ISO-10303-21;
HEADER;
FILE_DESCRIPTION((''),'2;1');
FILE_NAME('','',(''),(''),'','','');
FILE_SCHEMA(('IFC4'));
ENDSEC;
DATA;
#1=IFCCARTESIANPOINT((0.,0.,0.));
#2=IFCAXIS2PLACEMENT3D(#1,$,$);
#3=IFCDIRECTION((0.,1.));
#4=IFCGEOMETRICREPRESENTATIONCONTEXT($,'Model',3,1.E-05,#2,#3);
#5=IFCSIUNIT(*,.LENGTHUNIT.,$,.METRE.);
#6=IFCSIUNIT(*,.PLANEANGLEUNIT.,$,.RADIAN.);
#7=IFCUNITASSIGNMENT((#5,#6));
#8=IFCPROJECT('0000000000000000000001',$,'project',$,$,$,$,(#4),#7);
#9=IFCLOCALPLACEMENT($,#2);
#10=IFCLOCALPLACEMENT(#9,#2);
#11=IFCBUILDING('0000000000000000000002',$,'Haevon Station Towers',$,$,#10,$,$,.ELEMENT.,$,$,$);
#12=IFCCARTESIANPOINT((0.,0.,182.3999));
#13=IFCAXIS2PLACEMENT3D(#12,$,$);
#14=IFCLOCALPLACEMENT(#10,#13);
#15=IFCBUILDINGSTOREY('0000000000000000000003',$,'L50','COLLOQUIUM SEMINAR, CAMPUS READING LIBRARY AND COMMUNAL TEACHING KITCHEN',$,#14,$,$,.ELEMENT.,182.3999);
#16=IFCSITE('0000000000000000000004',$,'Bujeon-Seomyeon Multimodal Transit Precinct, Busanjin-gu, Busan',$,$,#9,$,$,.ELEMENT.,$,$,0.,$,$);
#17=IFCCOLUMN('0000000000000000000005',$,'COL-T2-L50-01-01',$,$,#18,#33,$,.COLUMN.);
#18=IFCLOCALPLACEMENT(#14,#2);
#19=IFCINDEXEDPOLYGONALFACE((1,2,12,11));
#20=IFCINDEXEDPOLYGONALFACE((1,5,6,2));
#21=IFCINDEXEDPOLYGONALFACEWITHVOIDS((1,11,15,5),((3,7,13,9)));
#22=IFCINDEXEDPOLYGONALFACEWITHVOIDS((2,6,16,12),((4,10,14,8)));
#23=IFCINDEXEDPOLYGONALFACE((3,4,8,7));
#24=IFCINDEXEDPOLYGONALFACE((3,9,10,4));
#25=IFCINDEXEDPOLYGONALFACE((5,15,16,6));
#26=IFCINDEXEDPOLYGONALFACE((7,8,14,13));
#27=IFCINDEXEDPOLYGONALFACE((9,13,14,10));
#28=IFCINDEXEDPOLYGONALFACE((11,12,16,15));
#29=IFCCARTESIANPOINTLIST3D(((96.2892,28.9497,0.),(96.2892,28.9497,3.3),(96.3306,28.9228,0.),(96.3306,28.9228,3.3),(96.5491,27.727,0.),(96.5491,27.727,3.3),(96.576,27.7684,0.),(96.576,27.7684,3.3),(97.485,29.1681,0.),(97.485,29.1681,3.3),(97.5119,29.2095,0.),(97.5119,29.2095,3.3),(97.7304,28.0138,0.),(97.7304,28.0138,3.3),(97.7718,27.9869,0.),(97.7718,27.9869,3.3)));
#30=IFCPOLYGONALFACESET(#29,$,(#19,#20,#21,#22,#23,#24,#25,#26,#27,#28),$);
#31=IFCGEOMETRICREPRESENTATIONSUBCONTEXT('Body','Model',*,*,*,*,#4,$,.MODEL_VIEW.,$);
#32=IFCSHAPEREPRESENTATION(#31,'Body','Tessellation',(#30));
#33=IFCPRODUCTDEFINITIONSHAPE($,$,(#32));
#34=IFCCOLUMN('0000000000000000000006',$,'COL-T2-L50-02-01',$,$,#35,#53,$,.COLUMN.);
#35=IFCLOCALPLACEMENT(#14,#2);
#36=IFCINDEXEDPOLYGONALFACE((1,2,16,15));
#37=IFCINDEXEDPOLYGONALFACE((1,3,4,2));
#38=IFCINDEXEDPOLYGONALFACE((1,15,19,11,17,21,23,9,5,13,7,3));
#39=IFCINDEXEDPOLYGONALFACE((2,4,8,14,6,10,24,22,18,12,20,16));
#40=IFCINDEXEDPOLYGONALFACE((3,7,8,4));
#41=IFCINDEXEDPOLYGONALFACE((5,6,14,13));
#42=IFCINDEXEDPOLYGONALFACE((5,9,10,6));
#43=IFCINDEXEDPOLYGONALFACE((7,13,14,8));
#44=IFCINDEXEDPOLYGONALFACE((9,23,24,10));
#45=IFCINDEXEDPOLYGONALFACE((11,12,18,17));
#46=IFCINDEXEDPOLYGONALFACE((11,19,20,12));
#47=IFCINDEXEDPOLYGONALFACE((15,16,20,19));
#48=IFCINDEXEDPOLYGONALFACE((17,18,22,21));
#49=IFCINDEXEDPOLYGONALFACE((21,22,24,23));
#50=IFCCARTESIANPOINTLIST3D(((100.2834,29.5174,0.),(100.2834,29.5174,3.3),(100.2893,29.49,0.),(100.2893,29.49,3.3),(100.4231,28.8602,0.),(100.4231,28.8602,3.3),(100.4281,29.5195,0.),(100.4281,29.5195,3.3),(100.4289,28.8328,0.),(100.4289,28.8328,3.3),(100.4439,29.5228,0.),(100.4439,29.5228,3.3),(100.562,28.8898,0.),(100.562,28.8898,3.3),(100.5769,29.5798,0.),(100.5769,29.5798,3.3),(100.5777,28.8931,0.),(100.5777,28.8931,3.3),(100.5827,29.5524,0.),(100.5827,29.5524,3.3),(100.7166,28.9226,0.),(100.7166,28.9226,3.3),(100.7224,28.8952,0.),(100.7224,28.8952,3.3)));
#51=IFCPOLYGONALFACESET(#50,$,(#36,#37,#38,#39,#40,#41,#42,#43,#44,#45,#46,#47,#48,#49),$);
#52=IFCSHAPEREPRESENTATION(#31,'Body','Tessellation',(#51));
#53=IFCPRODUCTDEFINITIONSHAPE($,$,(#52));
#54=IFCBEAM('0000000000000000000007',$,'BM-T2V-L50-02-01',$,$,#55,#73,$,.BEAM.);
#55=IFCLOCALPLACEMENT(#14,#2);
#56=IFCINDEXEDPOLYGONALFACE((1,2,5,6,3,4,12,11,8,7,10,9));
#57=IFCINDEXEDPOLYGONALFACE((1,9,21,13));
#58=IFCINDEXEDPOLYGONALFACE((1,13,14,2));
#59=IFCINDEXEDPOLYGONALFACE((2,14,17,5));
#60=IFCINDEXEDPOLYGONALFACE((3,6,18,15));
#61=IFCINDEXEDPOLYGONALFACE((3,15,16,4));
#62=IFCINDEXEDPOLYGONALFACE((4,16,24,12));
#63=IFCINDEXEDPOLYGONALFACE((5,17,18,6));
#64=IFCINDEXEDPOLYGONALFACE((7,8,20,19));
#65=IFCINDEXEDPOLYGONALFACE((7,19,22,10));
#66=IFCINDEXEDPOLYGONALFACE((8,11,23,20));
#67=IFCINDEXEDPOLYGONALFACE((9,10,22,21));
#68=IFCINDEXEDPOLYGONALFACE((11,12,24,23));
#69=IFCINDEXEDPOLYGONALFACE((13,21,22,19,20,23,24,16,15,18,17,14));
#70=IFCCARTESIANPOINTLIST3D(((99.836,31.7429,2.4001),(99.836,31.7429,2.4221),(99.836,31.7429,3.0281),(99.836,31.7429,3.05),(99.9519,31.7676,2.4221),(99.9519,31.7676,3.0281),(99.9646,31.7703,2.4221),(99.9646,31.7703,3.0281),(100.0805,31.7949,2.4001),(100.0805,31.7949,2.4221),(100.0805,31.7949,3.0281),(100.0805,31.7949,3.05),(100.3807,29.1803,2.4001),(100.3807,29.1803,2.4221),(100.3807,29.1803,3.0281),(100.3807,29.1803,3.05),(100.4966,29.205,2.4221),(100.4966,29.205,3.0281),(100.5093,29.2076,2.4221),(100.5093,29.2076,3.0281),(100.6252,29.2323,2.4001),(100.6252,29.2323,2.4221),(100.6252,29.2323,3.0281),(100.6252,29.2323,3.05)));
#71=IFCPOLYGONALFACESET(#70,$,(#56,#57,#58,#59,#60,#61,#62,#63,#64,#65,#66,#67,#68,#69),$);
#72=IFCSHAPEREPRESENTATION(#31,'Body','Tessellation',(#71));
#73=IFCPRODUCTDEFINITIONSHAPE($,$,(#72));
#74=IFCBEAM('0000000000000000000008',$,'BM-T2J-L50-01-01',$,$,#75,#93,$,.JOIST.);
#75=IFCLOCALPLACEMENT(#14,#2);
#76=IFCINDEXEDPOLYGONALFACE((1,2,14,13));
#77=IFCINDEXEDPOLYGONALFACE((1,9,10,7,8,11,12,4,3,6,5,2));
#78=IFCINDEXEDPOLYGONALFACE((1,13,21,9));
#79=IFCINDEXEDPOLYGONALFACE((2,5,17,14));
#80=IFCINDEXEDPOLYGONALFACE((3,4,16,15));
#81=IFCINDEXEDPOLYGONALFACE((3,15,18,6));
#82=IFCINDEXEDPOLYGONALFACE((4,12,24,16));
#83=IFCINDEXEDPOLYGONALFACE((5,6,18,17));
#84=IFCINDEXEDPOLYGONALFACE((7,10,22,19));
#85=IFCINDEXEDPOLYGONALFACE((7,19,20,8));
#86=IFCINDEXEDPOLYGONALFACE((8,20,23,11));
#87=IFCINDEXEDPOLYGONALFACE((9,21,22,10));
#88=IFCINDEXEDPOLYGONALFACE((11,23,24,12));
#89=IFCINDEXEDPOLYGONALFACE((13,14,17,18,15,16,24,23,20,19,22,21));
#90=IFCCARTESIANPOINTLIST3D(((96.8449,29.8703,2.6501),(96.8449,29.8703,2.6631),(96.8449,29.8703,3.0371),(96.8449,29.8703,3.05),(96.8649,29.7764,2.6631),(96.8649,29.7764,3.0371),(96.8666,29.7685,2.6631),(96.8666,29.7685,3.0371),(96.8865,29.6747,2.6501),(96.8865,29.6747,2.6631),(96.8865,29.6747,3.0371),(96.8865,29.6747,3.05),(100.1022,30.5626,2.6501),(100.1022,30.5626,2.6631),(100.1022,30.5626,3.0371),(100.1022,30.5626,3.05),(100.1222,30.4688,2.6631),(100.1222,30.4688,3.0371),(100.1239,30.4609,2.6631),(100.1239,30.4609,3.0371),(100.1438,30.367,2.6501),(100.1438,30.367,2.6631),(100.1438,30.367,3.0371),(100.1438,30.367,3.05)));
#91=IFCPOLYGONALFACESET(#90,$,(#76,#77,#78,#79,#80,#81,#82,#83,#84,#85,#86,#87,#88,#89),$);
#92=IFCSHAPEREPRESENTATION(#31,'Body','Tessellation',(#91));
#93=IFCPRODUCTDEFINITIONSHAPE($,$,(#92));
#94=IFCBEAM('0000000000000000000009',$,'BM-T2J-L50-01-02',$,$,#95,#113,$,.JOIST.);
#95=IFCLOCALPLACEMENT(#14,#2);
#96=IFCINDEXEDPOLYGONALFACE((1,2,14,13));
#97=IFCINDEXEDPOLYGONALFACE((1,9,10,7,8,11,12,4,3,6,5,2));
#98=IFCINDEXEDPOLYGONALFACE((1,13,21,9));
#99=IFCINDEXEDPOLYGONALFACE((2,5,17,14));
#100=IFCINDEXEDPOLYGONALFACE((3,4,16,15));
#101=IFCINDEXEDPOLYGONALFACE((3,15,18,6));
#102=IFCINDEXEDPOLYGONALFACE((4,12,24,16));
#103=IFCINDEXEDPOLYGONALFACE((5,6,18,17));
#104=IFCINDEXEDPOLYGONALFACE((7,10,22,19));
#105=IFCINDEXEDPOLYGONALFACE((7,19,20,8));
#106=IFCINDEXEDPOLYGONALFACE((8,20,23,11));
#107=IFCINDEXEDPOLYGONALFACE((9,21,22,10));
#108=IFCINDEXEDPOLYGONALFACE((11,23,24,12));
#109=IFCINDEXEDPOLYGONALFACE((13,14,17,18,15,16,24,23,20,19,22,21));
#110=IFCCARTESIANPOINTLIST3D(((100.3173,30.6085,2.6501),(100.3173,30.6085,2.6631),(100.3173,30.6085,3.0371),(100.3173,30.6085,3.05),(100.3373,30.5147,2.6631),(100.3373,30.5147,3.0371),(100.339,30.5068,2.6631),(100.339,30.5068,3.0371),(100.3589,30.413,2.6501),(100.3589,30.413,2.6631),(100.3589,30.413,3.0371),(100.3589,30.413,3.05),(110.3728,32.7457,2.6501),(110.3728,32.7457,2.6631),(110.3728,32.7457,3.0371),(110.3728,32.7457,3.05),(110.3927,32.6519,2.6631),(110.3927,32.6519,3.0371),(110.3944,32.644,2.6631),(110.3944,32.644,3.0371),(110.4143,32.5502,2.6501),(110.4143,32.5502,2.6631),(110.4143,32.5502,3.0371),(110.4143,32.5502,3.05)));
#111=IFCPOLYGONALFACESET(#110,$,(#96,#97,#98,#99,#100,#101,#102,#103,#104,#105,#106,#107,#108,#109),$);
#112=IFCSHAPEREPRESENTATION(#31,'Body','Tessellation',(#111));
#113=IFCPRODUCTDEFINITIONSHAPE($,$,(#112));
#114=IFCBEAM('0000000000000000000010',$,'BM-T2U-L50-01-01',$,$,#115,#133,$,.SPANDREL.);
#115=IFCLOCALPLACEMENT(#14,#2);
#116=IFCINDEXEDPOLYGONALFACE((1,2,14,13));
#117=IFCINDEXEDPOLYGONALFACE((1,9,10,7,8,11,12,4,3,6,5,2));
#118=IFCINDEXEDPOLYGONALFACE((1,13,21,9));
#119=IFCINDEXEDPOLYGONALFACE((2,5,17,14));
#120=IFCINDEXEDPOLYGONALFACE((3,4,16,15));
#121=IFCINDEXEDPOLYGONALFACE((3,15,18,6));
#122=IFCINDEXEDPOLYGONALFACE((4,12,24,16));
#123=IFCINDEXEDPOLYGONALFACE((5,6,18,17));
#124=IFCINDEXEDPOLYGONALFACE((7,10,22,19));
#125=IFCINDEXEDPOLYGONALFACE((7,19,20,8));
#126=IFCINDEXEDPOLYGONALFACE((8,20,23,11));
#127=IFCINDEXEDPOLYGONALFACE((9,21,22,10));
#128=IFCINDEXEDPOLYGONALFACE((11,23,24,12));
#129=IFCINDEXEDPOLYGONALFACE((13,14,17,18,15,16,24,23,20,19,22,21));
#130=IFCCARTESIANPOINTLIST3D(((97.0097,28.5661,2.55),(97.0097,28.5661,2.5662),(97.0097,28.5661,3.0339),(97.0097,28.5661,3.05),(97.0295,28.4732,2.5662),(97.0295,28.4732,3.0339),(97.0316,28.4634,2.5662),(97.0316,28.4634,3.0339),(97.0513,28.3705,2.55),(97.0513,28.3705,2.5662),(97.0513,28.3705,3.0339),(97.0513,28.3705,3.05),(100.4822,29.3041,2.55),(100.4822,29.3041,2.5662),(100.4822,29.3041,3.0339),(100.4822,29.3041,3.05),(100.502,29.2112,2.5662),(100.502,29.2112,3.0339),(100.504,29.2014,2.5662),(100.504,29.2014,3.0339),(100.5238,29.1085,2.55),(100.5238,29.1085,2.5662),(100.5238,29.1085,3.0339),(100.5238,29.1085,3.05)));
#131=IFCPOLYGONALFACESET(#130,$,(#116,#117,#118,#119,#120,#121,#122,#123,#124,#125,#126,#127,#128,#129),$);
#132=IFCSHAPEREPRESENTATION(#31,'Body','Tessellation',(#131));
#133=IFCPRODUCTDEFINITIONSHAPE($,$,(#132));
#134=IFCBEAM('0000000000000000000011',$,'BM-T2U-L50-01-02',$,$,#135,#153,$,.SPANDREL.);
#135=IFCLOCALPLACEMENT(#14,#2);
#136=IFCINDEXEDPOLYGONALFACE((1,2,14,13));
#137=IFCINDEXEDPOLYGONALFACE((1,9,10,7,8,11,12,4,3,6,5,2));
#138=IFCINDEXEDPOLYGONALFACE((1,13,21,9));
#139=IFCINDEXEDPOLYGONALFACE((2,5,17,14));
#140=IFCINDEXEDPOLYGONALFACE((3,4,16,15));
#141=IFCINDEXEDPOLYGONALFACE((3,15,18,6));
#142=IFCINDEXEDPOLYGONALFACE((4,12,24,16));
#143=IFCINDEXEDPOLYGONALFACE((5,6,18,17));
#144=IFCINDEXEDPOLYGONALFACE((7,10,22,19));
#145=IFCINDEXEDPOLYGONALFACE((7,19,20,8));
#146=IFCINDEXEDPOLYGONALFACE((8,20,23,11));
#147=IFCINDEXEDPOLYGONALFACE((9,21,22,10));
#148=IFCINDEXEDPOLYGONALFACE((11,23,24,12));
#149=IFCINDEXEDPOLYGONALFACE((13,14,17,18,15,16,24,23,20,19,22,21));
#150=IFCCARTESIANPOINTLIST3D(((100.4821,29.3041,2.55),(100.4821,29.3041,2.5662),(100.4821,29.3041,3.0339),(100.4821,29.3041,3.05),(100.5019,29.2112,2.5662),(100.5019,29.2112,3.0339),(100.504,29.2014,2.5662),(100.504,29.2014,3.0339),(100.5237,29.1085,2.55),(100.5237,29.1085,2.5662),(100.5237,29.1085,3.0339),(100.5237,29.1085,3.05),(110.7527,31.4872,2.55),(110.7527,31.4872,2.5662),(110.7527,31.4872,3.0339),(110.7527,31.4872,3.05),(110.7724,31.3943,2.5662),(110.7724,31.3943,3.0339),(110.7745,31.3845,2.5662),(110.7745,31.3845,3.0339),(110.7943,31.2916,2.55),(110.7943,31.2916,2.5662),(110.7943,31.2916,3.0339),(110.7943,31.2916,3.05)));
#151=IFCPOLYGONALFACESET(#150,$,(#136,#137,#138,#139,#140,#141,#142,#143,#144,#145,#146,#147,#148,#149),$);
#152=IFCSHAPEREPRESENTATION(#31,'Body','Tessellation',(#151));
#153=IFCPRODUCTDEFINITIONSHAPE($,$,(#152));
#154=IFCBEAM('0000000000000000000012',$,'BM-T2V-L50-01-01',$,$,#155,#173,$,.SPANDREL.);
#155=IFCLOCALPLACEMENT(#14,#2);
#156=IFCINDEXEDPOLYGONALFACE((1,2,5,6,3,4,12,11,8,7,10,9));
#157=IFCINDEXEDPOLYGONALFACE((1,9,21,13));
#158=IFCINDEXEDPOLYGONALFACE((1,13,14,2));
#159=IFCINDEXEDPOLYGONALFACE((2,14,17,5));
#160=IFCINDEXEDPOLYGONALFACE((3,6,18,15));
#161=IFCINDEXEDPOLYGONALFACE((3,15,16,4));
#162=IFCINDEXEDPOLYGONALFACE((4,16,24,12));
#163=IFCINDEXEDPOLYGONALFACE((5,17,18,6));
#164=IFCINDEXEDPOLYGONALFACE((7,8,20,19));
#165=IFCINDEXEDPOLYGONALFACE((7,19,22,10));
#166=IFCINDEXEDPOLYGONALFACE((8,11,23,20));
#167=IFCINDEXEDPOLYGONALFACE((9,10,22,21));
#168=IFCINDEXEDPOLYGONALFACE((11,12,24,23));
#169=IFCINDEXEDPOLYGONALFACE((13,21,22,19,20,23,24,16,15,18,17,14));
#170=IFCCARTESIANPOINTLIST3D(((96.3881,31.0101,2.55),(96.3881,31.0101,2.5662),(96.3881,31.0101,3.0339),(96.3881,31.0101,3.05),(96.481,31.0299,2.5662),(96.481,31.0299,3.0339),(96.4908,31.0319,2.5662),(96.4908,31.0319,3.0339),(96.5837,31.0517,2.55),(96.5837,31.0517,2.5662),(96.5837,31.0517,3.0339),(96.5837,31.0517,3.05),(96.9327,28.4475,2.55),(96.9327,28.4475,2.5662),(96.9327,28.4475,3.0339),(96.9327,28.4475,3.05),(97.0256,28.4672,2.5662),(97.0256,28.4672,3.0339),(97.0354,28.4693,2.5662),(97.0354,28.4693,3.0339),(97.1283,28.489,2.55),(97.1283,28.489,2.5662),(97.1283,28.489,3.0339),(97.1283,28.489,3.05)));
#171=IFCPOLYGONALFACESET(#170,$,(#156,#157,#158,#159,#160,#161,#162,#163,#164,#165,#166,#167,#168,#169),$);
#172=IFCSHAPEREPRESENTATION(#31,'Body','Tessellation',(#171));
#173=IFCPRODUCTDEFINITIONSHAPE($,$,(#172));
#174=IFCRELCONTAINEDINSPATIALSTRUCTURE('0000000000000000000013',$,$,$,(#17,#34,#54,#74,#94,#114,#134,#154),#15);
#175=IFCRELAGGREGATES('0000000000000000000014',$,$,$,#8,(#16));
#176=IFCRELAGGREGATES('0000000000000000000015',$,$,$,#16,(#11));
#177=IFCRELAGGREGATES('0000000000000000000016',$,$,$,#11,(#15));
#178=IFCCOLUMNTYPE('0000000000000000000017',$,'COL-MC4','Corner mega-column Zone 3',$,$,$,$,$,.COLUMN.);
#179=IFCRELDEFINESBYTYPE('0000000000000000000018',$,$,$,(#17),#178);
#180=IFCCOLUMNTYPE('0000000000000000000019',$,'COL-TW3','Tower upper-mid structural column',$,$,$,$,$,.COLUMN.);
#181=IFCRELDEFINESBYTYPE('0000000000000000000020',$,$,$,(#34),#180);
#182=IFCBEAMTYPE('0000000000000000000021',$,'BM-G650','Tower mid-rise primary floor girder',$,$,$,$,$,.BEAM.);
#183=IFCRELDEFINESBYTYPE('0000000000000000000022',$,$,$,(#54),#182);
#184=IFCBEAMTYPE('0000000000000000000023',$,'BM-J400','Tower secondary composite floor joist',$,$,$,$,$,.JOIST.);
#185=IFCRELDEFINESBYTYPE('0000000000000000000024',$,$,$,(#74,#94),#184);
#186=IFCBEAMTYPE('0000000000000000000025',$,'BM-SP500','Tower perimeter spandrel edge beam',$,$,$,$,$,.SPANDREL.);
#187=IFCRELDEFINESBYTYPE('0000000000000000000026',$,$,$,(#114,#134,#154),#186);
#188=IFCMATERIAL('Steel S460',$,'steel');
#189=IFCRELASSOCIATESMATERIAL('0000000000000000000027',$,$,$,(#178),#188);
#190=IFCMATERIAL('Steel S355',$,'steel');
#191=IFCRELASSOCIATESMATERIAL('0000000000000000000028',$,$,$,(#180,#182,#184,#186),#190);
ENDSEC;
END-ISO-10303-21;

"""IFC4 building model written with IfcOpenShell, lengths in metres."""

from ifc_helpers import new_model, si_unit, direction, frame, origin, origin_2d, place, context, subcontext, project, spatial, hollow_rectangle, i_section, extrude, material, material_profile, profile_set, type_object, element, save


model = new_model("IFC4")

# Units and contexts
model_context = context("Model", 3, precision=1e-05, world=origin(), true_north=direction((0.0, 1.0)))
body_context = subcontext(model_context, "Body", "Model", "MODEL_VIEW")
ifc_project = project(units=[si_unit("LENGTHUNIT", "METRE"), si_unit("PLANEANGLEUNIT", "RADIAN")], contexts=[model_context])

# Site, building, storey
site_placement = place(None, origin())
site = spatial("IfcSite", under=ifc_project, at=site_placement, Name="Bujeon-Seomyeon Multimodal Transit Precinct, Busanjin-gu, Busan", CompositionType="ELEMENT", RefElevation=0.0)
building_placement = place(site_placement, origin())
building = spatial("IfcBuilding", under=site, at=building_placement, Name="Haevon Station Towers", CompositionType="ELEMENT")
storey_placement = place(building_placement, frame((0.0, 0.0, 182.3999)))
storey = spatial("IfcBuildingStorey", under=building, at=storey_placement, Name="L50", Description="COLLOQUIUM SEMINAR, CAMPUS READING LIBRARY AND COMMUNAL TEACHING KITCHEN", CompositionType="ELEMENT", Elevation=182.3999)

# Columns
ifc_material_1 = material(Name="Steel S460", Category="steel")
ifc_material_profile_1 = material_profile(ifc_material_1, hollow_rectangle(XDim=1.25, YDim=1.25, WallThickness=0.0349, at=origin_2d()), Name="BOX-1250x1250x35")
ifc_profile_set_1 = profile_set([ifc_material_profile_1], Name="Steel S460")
column_type_1 = type_object("IfcColumnType", Name="COL-MC4", Description="Corner mega-column Zone 3", PredefinedType="COLUMN", material=ifc_profile_set_1)
column_1_placement = place(storey_placement, frame((97.0305, 28.4683, 0.0), z_axis=(0.0, 0.0, 1.0), x_axis=(0.978148, 0.207912, 0.0)))
element("IfcColumn", 1, at=column_1_placement, inside=storey, type_object=column_type_1, Name="COL-T2-L50-01-01", PredefinedType="COLUMN", context=body_context, shape_type="SweptSolid", body=[
    extrude(hollow_rectangle(XDim=1.25, YDim=1.25, WallThickness=0.0349, at=origin_2d()), origin(), (0.0, 0.0, 1.0), 3.3),
])
ifc_material_2 = material(Name="Steel S355", Category="steel")
ifc_material_profile_2 = material_profile(ifc_material_2, i_section(OverallWidth=0.3, OverallDepth=0.7, WebThickness=0.0161, FlangeThickness=0.0281, at=origin_2d()), Name="H-700x300x16x28")
ifc_profile_set_2 = profile_set([ifc_material_profile_2], Name="Steel S355")
column_type_2 = type_object("IfcColumnType", Name="COL-TW3", Description="Tower upper-mid structural column", PredefinedType="COLUMN", material=ifc_profile_set_2)
column_2_placement = place(storey_placement, frame((100.5029, 29.2063, 0.0), z_axis=(0.0, 0.0, 1.0), x_axis=(0.978148, 0.207912, 0.0)))
element("IfcColumn", 2, at=column_2_placement, inside=storey, type_object=column_type_2, Name="COL-T2-L50-02-01", PredefinedType="COLUMN", context=body_context, shape_type="SweptSolid", body=[
    extrude(i_section(OverallWidth=0.3, OverallDepth=0.7, WebThickness=0.0161, FlangeThickness=0.0281, at=origin_2d()), origin(), (0.0, 0.0, 1.0), 3.3),
])

# Beams
ifc_material_profile_3 = material_profile(ifc_material_2, i_section(OverallWidth=0.25, OverallDepth=0.6499, WebThickness=0.0129, FlangeThickness=0.022, at=origin_2d()), Name="H-650x250x13x22")
ifc_profile_set_3 = profile_set([ifc_material_profile_3], Name="Steel S355")
beam_type_1 = type_object("IfcBeamType", Name="BM-G650", Description="Tower mid-rise primary floor girder", PredefinedType="BEAM", material=ifc_profile_set_3)
beam_1_placement = place(storey_placement, frame((100.5029, 29.2063, 2.7251), z_axis=(-0.207893, 0.978152, 0.0), x_axis=(-0.978152, -0.207893, 0.0)))
element("IfcBeam", 3, at=beam_1_placement, inside=storey, type_object=beam_type_1, Name="BM-T2V-L50-02-01", PredefinedType="BEAM", context=body_context, shape_type="SweptSolid", body=[
    extrude(i_section(OverallWidth=0.25, OverallDepth=0.6499, WebThickness=0.0129, FlangeThickness=0.022, at=origin_2d()), origin(), (0.0, 0.0, 1.0), 2.6199),
])
ifc_material_profile_4 = material_profile(ifc_material_2, i_section(OverallWidth=0.2, OverallDepth=0.3999, WebThickness=0.0081, FlangeThickness=0.0129, at=origin_2d()), Name="H-400x200x8x13")
ifc_profile_set_4 = profile_set([ifc_material_profile_4], Name="Steel S355")
beam_type_2 = type_object("IfcBeamType", Name="BM-J400", Description="Tower secondary composite floor joist", PredefinedType="JOIST", material=ifc_profile_set_4)
beam_2_placement = place(storey_placement, frame((96.8657, 29.7725, 2.8501), z_axis=(0.978147, 0.207917, 0.0), x_axis=(-0.207917, 0.978147, 0.0)))
element("IfcBeam", 4, at=beam_2_placement, inside=storey, type_object=beam_type_2, Name="BM-T2J-L50-01-01", PredefinedType="JOIST", context=body_context, shape_type="SweptSolid", body=[
    extrude(i_section(OverallWidth=0.2, OverallDepth=0.3999, WebThickness=0.0081, FlangeThickness=0.0129, at=origin_2d()), origin(), (0.0, 0.0, 1.0), 3.3301),
])
beam_3_placement = place(storey_placement, frame((100.3381, 30.5107, 2.8501), z_axis=(0.97815, 0.207899, 0.0), x_axis=(-0.207899, 0.97815, 0.0)))
element("IfcBeam", 5, at=beam_3_placement, inside=storey, type_object=beam_type_2, Name="BM-T2J-L50-01-02", PredefinedType="JOIST", context=body_context, shape_type="SweptSolid", body=[
    extrude(i_section(OverallWidth=0.2, OverallDepth=0.3999, WebThickness=0.0081, FlangeThickness=0.0129, at=origin_2d()), origin(), (0.0, 0.0, 1.0), 10.28),
])
ifc_material_profile_5 = material_profile(ifc_material_2, i_section(OverallWidth=0.2, OverallDepth=0.5, WebThickness=0.01, FlangeThickness=0.0161, at=origin_2d()), Name="H-500x200x10x16")
ifc_profile_set_5 = profile_set([ifc_material_profile_5], Name="Steel S355")
beam_type_3 = type_object("IfcBeamType", Name="BM-SP500", Description="Tower perimeter spandrel edge beam", PredefinedType="SPANDREL", material=ifc_profile_set_5)
beam_4_placement = place(storey_placement, frame((97.0305, 28.4683, 2.8), z_axis=(0.97815, 0.207899, 0.0), x_axis=(-0.207899, 0.97815, 0.0)))
element("IfcBeam", 6, at=beam_4_placement, inside=storey, type_object=beam_type_3, Name="BM-T2U-L50-01-01", PredefinedType="SPANDREL", context=body_context, shape_type="SweptSolid", body=[
    extrude(i_section(OverallWidth=0.2, OverallDepth=0.5, WebThickness=0.01, FlangeThickness=0.0161, at=origin_2d()), origin(), (0.0, 0.0, 1.0), 3.55),
])
beam_5_placement = place(storey_placement, frame((100.5029, 29.2063, 2.8), z_axis=(0.978147, 0.207915, 0.0), x_axis=(-0.207915, 0.978147, 0.0)))
element("IfcBeam", 7, at=beam_5_placement, inside=storey, type_object=beam_type_3, Name="BM-T2U-L50-01-02", PredefinedType="SPANDREL", context=body_context, shape_type="SweptSolid", body=[
    extrude(i_section(OverallWidth=0.2, OverallDepth=0.5, WebThickness=0.01, FlangeThickness=0.0161, at=origin_2d()), origin(), (0.0, 0.0, 1.0), 10.5),
])
beam_6_placement = place(storey_placement, frame((97.0305, 28.4683, 2.8), z_axis=(-0.207893, 0.978152, 0.0), x_axis=(-0.978152, -0.207893, 0.0)))
element("IfcBeam", 8, at=beam_6_placement, inside=storey, type_object=beam_type_3, Name="BM-T2V-L50-01-01", PredefinedType="SPANDREL", context=body_context, shape_type="SweptSolid", body=[
    extrude(i_section(OverallWidth=0.2, OverallDepth=0.5, WebThickness=0.01, FlangeThickness=0.0161, at=origin_2d()), origin(), (0.0, 0.0, 1.0), 2.6199),
])

save(model, "model.ifc")
